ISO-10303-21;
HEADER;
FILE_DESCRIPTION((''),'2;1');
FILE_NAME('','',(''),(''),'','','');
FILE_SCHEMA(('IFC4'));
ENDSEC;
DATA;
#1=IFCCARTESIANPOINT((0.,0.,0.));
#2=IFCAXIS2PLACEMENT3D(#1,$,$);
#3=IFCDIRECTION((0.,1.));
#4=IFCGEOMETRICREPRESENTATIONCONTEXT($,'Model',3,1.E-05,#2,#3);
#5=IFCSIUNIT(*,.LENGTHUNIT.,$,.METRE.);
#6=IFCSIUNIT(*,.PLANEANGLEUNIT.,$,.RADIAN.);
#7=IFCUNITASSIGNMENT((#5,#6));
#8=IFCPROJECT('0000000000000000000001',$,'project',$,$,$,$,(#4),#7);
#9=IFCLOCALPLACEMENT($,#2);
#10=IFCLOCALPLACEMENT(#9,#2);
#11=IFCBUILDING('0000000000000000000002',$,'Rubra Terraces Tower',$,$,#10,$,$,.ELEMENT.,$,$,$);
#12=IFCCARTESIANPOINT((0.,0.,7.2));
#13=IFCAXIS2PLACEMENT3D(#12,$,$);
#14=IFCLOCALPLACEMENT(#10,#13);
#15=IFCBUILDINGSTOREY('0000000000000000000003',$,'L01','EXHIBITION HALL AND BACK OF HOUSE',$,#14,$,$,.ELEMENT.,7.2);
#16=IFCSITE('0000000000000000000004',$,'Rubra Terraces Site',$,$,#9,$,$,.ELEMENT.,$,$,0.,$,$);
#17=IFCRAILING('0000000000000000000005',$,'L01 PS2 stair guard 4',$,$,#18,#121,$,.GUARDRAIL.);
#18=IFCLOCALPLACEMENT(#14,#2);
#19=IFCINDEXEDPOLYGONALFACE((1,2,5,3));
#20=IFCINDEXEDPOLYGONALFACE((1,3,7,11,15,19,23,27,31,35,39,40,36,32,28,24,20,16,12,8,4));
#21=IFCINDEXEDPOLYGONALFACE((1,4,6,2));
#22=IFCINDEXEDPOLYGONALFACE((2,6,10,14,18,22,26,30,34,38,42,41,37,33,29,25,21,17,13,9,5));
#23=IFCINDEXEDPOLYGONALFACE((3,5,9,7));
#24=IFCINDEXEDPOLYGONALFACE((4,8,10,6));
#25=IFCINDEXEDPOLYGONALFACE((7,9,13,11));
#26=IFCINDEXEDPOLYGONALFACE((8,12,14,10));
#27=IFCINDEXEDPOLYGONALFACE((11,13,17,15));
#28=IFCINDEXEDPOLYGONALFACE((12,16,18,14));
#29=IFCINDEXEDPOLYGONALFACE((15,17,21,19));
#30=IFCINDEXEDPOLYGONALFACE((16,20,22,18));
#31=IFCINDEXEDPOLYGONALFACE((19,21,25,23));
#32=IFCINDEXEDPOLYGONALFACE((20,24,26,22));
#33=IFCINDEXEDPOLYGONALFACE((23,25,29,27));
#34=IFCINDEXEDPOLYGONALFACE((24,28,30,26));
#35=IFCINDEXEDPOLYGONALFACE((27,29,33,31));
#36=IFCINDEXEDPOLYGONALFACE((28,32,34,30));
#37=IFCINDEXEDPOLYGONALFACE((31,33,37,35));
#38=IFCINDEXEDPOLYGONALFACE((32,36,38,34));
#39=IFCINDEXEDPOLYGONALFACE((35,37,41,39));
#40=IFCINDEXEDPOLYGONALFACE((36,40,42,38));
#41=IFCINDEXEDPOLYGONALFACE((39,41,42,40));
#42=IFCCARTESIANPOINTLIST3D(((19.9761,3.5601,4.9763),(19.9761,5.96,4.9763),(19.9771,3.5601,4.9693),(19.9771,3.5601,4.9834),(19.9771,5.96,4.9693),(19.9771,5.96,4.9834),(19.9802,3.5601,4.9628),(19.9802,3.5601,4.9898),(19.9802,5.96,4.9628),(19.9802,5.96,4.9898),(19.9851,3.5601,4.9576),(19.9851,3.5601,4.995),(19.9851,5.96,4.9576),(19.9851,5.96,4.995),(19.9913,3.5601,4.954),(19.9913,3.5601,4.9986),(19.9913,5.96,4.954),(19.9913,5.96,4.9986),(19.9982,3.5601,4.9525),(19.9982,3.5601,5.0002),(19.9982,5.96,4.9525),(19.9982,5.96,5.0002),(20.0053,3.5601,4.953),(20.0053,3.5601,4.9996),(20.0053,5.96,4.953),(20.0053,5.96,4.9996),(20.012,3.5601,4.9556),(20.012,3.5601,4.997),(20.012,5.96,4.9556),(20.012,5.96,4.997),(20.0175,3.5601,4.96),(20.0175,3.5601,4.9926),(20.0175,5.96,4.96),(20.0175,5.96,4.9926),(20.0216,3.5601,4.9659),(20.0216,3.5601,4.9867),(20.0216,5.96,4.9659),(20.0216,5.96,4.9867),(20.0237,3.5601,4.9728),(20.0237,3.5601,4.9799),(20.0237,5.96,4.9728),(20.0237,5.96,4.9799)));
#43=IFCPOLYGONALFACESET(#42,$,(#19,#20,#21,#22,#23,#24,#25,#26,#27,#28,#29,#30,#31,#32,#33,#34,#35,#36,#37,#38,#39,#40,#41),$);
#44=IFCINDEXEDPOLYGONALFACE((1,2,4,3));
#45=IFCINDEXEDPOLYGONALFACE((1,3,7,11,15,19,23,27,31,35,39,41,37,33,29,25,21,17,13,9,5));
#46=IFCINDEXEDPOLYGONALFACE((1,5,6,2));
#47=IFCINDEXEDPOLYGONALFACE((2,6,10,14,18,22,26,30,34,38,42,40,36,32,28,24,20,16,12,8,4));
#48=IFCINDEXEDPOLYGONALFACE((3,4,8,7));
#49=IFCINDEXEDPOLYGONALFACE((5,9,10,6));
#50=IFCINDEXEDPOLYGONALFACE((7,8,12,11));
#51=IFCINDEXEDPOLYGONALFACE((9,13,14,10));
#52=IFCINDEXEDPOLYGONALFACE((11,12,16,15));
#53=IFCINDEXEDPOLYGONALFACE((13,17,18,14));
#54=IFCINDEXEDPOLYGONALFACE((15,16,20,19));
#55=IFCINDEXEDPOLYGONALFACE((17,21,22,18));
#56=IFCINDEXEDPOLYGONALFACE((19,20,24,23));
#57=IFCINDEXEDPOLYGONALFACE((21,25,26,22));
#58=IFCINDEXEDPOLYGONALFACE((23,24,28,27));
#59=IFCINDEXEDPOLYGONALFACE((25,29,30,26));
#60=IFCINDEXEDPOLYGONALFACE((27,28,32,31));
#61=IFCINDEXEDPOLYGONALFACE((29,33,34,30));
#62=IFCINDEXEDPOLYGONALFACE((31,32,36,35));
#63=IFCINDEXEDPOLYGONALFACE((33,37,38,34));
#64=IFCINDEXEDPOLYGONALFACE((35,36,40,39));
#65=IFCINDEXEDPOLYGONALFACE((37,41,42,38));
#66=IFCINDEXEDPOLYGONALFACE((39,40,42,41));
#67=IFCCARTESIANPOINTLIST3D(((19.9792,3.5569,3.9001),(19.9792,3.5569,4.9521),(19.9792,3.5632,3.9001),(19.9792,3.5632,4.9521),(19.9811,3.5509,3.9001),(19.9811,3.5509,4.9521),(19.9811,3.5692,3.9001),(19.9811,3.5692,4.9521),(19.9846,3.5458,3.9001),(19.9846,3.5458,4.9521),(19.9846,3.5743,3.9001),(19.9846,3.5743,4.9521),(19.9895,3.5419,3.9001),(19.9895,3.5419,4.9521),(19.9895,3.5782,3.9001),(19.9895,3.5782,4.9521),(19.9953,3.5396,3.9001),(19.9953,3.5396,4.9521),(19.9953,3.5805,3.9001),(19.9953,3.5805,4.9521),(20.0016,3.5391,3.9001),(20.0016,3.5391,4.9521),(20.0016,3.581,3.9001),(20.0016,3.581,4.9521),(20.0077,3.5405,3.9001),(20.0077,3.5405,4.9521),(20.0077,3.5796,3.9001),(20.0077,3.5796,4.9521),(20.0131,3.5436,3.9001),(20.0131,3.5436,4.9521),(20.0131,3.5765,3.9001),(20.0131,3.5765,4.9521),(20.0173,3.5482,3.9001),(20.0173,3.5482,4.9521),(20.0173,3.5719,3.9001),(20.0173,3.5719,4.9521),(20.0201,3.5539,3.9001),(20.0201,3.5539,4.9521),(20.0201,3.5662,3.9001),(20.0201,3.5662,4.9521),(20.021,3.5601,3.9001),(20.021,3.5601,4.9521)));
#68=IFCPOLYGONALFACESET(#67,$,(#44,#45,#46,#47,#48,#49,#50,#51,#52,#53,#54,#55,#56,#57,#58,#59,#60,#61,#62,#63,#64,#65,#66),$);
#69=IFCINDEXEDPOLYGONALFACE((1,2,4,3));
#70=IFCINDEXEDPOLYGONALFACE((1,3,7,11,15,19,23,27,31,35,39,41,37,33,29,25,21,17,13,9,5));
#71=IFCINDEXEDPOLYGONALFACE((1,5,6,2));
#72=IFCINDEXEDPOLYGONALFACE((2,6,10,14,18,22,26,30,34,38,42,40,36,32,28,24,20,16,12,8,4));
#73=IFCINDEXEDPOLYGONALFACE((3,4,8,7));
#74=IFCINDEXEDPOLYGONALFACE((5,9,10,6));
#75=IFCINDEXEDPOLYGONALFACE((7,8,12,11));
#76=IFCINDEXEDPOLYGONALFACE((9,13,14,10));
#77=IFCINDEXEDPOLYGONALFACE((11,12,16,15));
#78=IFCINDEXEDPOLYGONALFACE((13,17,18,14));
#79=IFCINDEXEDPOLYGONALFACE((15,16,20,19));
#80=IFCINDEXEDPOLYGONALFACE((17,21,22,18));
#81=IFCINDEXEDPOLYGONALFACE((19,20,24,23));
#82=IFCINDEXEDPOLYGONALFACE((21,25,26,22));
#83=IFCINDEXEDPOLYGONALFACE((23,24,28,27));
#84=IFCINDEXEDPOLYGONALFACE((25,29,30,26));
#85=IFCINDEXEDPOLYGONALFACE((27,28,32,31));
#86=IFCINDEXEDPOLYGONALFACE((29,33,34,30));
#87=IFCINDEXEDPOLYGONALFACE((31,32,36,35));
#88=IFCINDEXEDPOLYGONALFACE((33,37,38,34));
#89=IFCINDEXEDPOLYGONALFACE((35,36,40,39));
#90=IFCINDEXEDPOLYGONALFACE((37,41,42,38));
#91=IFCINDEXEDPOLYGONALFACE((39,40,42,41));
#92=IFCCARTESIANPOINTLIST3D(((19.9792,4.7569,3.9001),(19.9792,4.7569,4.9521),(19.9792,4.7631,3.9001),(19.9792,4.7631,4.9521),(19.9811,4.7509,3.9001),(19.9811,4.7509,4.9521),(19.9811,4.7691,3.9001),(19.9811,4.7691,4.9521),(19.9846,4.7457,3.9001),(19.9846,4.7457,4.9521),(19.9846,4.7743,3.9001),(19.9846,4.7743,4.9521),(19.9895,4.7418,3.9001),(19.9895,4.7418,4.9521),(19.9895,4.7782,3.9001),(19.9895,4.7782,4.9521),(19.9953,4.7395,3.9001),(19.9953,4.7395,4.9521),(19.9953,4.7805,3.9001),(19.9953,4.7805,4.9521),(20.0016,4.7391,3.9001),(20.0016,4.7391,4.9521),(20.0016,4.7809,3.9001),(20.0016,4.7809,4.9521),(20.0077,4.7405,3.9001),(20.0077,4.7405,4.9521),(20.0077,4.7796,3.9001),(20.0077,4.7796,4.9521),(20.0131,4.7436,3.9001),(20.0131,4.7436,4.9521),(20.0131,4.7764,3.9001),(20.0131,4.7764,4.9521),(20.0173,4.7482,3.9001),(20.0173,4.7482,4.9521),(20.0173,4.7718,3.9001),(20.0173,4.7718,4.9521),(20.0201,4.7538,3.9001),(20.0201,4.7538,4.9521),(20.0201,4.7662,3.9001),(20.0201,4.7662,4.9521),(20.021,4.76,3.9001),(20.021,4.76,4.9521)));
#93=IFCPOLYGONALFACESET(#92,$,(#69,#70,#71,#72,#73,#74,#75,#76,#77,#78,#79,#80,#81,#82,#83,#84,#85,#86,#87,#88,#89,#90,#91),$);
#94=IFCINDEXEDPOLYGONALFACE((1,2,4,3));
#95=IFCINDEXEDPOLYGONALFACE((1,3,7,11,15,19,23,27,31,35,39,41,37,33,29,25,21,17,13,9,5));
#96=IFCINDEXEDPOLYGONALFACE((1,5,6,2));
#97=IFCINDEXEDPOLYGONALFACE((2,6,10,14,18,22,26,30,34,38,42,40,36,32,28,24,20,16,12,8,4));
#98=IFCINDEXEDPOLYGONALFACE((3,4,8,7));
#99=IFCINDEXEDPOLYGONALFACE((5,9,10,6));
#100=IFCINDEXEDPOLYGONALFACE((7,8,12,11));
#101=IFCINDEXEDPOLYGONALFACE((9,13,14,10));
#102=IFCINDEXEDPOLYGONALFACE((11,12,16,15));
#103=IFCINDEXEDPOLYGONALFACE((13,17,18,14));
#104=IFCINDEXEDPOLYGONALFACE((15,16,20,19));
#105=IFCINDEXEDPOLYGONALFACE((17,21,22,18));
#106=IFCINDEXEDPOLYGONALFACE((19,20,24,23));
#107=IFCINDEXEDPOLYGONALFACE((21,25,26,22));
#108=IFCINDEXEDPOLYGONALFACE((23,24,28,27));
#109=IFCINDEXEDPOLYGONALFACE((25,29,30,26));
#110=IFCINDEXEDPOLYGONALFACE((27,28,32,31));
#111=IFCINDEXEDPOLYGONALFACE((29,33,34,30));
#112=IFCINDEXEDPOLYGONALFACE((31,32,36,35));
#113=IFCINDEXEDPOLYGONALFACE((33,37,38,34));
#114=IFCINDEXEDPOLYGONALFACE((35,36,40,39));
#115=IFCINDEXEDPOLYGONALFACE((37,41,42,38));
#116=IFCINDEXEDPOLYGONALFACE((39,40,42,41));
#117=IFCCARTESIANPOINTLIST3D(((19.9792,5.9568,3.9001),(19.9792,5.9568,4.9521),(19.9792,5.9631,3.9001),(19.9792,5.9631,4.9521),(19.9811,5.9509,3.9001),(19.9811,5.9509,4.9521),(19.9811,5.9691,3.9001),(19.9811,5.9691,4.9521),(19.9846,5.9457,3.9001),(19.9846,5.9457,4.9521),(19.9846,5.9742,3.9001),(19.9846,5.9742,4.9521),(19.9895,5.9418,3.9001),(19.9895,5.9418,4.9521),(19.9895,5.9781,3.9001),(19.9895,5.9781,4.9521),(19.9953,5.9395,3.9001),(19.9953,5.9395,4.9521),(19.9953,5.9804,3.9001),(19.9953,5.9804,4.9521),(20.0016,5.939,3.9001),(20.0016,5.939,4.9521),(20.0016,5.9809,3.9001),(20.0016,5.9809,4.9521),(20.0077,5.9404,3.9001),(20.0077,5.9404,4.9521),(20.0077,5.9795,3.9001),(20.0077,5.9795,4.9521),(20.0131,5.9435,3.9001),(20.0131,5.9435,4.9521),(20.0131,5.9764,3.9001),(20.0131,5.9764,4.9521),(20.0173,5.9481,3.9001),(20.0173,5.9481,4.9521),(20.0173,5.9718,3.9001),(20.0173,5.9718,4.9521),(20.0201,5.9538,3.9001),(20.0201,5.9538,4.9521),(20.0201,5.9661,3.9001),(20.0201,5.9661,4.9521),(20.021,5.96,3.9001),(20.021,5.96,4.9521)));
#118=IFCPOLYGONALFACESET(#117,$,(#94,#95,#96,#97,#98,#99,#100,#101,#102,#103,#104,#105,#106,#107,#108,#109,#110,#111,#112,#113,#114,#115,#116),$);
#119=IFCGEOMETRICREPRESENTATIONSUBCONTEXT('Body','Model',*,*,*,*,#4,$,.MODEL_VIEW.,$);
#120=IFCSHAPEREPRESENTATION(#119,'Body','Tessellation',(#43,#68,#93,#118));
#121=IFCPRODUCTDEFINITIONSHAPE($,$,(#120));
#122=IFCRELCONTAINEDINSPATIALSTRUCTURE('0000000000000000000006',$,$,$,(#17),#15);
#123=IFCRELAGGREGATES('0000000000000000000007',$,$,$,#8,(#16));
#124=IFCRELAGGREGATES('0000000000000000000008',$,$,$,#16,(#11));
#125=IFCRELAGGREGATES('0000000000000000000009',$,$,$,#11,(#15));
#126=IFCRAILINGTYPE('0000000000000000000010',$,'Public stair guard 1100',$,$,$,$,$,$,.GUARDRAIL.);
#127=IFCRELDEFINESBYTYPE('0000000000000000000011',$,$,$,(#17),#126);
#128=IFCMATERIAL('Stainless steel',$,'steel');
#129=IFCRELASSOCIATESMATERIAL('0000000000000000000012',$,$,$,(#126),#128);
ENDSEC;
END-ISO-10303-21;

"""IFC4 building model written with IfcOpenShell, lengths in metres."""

from ifc_helpers import new_model, si_unit, direction, frame, origin, origin_2d, place, context, subcontext, project, spatial, circle, extrude, material, type_object, element, save


model = new_model("IFC4")

# Units and contexts
model_context = context("Model", 3, precision=1e-05, world=origin(), true_north=direction((0.0, 1.0)))
body_context = subcontext(model_context, "Body", "Model", "MODEL_VIEW")
ifc_project = project(units=[si_unit("LENGTHUNIT", "METRE"), si_unit("PLANEANGLEUNIT", "RADIAN")], contexts=[model_context])

# Site, building, storey
site_placement = place(None, origin())
site = spatial("IfcSite", under=ifc_project, at=site_placement, Name="Rubra Terraces Site", CompositionType="ELEMENT", RefElevation=0.0)
building_placement = place(site_placement, origin())
building = spatial("IfcBuilding", under=site, at=building_placement, Name="Rubra Terraces Tower", CompositionType="ELEMENT")
storey_placement = place(building_placement, frame((0.0, 0.0, 7.2)))
storey = spatial("IfcBuildingStorey", under=building, at=storey_placement, Name="L01", Description="EXHIBITION HALL AND BACK OF HOUSE", CompositionType="ELEMENT", Elevation=7.2)

# Railing
ifc_material_1 = material(Name="Stainless steel", Category="steel")
railing_type_1 = type_object("IfcRailingType", Name="Public stair guard 1100", PredefinedType="GUARDRAIL", material=ifc_material_1)
for number, where, name in (
    (1, (20.0, 3.5601, 3.9001), "L01 PS2 stair guard 4"),
):
    element("IfcRailing", number, at=place(storey_placement, frame(where)), inside=storey, type_object=railing_type_1, Name=name, PredefinedType="GUARDRAIL", context=body_context, shape_type="SweptSolid", body=[
        extrude(circle(Radius=0.0239, at=origin_2d()), frame((0.0, 0.0, 1.0762), z_axis=(0.0, 1.0, 0.0), x_axis=(-1.0, 0.0, 0.0)), (0.0, 0.0, 1.0), 2.3999),
        extrude(circle(Radius=0.021, at=origin_2d()), origin(), (0.0, 0.0, 1.0), 1.052),
        extrude(circle(Radius=0.021, at=origin_2d()), frame((0.0, 1.2, 0.0)), (0.0, 0.0, 1.0), 1.052),
        extrude(circle(Radius=0.021, at=origin_2d()), frame((0.0, 2.3999, 0.0)), (0.0, 0.0, 1.0), 1.052),
    ])

save(model, "model.ifc")
